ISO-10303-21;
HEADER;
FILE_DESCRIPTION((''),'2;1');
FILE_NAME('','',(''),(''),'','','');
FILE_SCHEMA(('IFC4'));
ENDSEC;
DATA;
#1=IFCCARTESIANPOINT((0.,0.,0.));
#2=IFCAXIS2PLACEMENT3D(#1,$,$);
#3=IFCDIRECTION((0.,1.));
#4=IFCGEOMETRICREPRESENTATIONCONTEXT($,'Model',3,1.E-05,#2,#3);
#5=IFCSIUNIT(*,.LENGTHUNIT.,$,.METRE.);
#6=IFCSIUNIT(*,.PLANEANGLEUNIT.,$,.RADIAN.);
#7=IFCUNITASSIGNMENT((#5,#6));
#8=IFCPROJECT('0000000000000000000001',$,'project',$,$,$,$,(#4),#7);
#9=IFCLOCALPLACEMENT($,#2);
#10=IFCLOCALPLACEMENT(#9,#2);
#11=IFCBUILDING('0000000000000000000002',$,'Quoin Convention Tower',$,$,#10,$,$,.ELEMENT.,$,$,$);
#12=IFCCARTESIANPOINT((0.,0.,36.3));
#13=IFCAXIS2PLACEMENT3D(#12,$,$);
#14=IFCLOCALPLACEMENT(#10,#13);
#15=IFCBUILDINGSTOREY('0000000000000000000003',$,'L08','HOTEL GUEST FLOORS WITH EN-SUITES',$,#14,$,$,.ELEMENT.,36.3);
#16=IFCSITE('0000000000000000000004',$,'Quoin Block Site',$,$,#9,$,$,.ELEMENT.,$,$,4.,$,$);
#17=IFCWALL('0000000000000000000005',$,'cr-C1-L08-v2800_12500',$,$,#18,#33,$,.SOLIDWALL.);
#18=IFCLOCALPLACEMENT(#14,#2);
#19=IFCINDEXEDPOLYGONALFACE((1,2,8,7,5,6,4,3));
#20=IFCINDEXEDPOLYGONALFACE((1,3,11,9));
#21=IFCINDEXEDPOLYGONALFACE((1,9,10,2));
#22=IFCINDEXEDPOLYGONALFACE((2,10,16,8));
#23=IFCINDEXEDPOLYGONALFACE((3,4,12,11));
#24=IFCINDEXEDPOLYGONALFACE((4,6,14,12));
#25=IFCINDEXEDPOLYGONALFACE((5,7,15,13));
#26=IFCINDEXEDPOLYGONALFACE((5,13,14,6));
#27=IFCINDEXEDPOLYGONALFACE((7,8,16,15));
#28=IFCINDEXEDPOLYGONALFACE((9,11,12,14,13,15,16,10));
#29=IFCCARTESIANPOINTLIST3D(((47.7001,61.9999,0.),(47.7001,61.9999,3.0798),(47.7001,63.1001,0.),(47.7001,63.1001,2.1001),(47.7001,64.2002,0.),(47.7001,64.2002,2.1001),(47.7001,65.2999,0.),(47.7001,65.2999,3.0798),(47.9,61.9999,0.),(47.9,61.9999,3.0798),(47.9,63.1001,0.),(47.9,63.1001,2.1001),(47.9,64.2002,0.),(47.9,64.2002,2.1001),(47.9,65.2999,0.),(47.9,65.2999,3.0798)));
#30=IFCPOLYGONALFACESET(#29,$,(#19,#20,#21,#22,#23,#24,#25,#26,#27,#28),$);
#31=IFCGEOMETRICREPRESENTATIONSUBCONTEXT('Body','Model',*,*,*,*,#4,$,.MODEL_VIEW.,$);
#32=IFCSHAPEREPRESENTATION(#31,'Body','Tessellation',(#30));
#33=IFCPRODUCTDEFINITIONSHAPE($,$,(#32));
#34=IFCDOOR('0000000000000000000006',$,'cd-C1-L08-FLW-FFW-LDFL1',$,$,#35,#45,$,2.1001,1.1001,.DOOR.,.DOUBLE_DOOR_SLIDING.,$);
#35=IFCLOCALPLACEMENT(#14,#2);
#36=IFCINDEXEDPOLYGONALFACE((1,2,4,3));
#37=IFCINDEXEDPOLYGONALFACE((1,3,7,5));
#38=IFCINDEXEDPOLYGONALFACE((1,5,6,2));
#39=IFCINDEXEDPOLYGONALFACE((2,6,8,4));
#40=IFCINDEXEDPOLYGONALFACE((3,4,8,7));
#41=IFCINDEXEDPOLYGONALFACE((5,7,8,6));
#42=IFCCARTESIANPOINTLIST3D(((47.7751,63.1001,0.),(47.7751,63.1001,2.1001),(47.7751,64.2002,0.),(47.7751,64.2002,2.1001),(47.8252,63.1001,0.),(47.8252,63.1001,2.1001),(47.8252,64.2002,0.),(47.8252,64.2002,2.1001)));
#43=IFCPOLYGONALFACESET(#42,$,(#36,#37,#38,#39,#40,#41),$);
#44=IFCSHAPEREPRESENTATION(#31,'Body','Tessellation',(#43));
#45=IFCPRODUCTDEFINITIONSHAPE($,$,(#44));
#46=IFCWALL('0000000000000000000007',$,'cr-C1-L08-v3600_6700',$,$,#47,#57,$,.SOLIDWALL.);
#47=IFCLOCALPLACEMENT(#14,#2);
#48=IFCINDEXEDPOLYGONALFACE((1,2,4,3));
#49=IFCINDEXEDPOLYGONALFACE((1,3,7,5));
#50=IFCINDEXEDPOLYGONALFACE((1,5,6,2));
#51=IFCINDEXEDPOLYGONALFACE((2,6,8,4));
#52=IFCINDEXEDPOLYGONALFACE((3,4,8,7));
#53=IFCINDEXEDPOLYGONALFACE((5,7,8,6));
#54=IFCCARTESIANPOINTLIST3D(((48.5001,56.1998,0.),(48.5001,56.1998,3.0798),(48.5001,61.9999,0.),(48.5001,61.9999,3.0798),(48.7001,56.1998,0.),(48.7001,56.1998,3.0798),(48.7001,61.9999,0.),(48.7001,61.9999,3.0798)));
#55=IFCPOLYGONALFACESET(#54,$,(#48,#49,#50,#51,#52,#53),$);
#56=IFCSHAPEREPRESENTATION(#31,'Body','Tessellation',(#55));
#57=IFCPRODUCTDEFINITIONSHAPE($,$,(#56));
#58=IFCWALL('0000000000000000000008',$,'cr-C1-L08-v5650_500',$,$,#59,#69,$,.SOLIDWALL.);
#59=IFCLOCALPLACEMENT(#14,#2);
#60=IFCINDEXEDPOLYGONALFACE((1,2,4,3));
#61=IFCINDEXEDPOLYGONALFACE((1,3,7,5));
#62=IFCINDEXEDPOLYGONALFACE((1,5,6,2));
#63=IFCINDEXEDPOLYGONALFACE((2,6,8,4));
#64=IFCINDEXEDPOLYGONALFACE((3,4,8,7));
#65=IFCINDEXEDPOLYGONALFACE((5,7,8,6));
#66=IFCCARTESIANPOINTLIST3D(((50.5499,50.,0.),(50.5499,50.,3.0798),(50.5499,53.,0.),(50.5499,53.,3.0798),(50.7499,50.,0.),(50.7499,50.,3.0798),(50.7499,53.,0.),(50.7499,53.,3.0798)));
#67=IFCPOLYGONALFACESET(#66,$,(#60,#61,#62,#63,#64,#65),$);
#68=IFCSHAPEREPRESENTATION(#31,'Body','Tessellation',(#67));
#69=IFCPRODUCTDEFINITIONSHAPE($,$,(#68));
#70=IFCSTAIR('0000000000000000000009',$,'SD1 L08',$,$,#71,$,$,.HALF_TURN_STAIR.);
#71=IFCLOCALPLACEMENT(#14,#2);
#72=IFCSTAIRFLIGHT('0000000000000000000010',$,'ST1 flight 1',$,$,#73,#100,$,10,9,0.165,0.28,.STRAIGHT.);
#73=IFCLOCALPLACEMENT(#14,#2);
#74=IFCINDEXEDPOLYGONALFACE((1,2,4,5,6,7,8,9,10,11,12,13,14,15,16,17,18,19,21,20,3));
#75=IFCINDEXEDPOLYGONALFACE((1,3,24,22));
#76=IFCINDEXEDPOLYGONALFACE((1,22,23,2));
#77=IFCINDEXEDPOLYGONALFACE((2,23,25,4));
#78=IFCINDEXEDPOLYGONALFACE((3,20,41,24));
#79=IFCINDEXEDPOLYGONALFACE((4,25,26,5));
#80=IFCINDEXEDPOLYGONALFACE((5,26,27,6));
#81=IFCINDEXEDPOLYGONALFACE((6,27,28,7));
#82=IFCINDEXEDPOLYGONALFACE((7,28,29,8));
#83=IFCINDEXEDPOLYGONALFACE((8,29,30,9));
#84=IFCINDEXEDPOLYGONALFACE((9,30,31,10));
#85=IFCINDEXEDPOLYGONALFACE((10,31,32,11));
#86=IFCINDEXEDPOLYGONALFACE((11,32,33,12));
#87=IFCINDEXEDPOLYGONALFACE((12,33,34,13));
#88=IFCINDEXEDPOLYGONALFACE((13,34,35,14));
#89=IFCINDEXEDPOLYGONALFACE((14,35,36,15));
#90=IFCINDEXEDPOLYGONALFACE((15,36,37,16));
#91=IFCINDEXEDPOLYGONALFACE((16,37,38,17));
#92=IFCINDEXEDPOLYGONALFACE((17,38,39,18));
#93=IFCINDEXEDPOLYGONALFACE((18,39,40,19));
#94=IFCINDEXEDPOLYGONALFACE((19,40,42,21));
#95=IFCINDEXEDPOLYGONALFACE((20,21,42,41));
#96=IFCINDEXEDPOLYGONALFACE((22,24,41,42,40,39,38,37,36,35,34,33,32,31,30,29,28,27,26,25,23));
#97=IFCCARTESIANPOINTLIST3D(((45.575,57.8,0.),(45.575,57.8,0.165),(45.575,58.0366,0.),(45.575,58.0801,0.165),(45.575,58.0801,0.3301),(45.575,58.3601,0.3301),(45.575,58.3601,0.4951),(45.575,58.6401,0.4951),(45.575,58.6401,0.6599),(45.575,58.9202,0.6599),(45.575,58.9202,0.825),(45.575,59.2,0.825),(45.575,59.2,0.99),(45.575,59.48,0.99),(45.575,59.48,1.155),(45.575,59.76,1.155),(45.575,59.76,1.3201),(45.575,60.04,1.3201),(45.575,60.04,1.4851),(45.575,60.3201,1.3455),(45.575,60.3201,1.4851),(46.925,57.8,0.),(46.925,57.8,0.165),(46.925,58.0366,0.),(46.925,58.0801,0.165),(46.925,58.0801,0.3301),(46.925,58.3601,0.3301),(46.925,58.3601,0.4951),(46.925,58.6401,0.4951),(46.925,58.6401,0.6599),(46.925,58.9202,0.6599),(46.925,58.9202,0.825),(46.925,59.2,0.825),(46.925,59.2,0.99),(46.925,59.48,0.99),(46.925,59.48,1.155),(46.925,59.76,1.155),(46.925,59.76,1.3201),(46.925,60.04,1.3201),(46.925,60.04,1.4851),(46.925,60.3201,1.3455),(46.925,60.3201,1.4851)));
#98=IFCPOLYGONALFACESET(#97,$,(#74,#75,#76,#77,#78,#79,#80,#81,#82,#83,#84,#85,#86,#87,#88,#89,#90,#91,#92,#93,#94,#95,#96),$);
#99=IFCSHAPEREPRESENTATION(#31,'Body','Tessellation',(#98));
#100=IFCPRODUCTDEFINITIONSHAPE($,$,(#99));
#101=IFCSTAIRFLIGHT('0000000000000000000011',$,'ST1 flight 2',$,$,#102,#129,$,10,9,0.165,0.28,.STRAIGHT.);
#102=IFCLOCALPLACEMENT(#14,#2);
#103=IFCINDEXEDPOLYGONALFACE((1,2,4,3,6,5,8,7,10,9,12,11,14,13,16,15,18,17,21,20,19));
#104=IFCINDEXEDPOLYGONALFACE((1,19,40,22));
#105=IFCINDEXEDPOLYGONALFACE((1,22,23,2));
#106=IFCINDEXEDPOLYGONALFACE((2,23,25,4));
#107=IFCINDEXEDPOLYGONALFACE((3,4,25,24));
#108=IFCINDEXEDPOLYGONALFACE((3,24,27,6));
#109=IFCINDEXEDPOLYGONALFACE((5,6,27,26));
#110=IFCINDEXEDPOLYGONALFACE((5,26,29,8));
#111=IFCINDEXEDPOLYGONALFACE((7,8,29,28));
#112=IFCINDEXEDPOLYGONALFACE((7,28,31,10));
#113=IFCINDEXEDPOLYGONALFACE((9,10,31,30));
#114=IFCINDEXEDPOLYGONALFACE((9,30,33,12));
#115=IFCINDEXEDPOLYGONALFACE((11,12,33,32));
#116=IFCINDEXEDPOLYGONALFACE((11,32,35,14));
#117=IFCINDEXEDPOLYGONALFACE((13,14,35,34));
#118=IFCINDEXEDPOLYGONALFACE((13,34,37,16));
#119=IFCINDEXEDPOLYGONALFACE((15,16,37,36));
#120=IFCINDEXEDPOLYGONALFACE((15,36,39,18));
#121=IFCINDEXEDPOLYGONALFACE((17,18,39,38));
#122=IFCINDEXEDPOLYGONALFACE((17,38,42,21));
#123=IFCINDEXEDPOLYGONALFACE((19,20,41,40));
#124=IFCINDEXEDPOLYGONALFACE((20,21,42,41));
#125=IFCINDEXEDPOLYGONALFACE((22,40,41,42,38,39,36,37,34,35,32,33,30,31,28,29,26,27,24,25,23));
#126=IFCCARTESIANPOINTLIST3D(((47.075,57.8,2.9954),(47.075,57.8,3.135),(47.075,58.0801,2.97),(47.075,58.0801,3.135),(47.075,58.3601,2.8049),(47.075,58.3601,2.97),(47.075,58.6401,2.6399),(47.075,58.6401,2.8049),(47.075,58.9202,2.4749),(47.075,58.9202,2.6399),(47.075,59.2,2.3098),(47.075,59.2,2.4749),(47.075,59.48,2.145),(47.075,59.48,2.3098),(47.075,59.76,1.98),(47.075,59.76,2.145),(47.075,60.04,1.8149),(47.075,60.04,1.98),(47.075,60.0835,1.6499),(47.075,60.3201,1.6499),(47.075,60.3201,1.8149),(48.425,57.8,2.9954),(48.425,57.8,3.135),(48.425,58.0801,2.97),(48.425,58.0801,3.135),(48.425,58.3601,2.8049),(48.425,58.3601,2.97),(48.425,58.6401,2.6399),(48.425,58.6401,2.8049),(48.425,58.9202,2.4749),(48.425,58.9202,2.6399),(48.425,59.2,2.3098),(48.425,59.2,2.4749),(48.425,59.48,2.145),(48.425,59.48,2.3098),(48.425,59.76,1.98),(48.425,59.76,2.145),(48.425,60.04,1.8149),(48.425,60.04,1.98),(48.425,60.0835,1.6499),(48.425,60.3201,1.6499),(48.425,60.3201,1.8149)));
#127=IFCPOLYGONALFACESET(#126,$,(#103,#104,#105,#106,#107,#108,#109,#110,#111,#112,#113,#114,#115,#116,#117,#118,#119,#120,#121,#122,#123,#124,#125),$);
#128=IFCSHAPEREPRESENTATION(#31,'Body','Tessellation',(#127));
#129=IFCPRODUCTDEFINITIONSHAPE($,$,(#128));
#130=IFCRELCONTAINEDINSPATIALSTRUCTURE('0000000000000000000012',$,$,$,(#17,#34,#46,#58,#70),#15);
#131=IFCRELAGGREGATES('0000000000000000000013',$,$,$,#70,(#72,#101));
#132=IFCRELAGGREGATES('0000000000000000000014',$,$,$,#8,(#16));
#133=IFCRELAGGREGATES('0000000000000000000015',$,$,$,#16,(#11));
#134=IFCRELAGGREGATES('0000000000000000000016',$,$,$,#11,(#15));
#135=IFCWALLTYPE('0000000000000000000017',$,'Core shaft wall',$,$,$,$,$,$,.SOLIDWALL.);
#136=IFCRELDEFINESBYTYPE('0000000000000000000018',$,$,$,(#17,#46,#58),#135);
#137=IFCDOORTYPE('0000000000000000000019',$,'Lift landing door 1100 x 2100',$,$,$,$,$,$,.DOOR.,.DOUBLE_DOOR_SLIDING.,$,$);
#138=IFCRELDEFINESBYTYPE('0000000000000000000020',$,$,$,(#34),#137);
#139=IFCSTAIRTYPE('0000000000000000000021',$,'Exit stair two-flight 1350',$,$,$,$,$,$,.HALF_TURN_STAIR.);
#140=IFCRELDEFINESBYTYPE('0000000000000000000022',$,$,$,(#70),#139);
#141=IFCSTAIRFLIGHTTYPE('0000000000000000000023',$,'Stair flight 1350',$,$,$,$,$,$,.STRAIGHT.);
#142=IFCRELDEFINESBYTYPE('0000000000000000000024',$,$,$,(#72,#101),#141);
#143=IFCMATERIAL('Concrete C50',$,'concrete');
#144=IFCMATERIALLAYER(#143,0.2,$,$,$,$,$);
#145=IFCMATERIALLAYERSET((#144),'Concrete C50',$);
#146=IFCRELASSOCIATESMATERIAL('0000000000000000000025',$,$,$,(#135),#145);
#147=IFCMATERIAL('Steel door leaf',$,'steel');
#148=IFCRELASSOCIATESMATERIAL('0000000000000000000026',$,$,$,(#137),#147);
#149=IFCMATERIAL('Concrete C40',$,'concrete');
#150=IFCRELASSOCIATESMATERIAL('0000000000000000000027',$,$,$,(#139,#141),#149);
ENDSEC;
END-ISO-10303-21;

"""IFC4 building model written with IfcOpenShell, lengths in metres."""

from ifc_helpers import new_model, si_unit, direction, frame, frame_2d, origin, place, context, subcontext, project, spatial, polyline, rectangle, outline, extrude, material, layer, layer_set, type_object, element, fill, aggregate, save


model = new_model("IFC4")

# Units and contexts
model_context = context("Model", 3, precision=1e-05, world=origin(), true_north=direction((0.0, 1.0)))
body_context = subcontext(model_context, "Body", "Model", "MODEL_VIEW")
ifc_project = project(units=[si_unit("LENGTHUNIT", "METRE"), si_unit("PLANEANGLEUNIT", "RADIAN")], contexts=[model_context])

# Site, building, storey
site_placement = place(None, origin())
site = spatial("IfcSite", under=ifc_project, at=site_placement, Name="Quoin Block Site", CompositionType="ELEMENT", RefElevation=4.0)
building_placement = place(site_placement, origin())
building = spatial("IfcBuilding", under=site, at=building_placement, Name="Quoin Convention Tower", CompositionType="ELEMENT")
storey_placement = place(building_placement, frame((0.0, 0.0, 36.3)))
storey = spatial("IfcBuildingStorey", under=building, at=storey_placement, Name="L08", Description="HOTEL GUEST FLOORS WITH EN-SUITES", CompositionType="ELEMENT", Elevation=36.3)

# Shared definitions
ifc_material_1 = material(Name="Concrete C50", Category="concrete")
ifc_layer_1 = layer(ifc_material_1, 0.2)
ifc_layer_set_1 = layer_set([ifc_layer_1], Name="Concrete C50")
wall_type_1 = type_object("IfcWallType", Name="Core shaft wall", PredefinedType="SOLIDWALL", material=ifc_layer_set_1)
ifc_material_2 = material(Name="Steel door leaf", Category="steel")

# Wall, opening, door
wall_1_placement = place(storey_placement, frame((47.8, 62.0, 0.0), z_axis=(0.0, 0.0, 1.0), x_axis=(0.0, 1.0, 0.0)))
wall_1 = element("IfcWall", 1, at=wall_1_placement, inside=storey, type_object=wall_type_1, Name="cr-C1-L08-v2800_12500", PredefinedType="SOLIDWALL", context=body_context, shape_type="SweptSolid", body=[
    extrude(rectangle(XDim=3.3, YDim=0.2, at=frame_2d((1.6499, 0.0))), origin(), (0.0, 0.0, 1.0), 3.0798),
])
opening_1_placement = place(wall_1_placement, frame((1.1001, 0.0, 0.0)))
opening_1 = element("IfcOpeningElement", 2, at=opening_1_placement, cuts=wall_1, PredefinedType="OPENING", context=body_context, shape_type="SweptSolid", body=[
    extrude(rectangle(XDim=1.1001, YDim=2.1001, at=frame_2d((0.55, 1.05))), frame((0.0, 0.1099, 0.0), z_axis=(0.0, -1.0, 0.0), x_axis=(1.0, 0.0, 0.0)), (0.0, 0.0, 1.0), 0.22),
])
door_type_1 = type_object("IfcDoorType", Name="Lift landing door 1100 x 2100", OperationType="DOUBLE_DOOR_SLIDING", PredefinedType="DOOR", material=ifc_material_2)
door_1_placement = place(opening_1_placement, origin())
door_1 = element("IfcDoor", 3, at=door_1_placement, inside=storey, type_object=door_type_1, Name="cd-C1-L08-FLW-FFW-LDFL1", OperationType="DOUBLE_DOOR_SLIDING", OverallHeight=2.1001, OverallWidth=1.1001, PredefinedType="DOOR", context=body_context, shape_type="SweptSolid", body=[
    extrude(rectangle(XDim=1.1001, YDim=2.1001, at=frame_2d((0.55, 1.05))), frame((0.0, 0.0249, 0.0), z_axis=(0.0, -1.0, 0.0), x_axis=(1.0, 0.0, 0.0)), (0.0, 0.0, 1.0), 0.05),
])
fill(opening_1, door_1)

# Walls
wall_2_placement = place(storey_placement, frame((48.6001, 56.2, 0.0), z_axis=(0.0, 0.0, 1.0), x_axis=(0.0, 1.0, 0.0)))
element("IfcWall", 4, at=wall_2_placement, inside=storey, type_object=wall_type_1, Name="cr-C1-L08-v3600_6700", PredefinedType="SOLIDWALL", context=body_context, shape_type="SweptSolid", body=[
    extrude(rectangle(XDim=5.8, YDim=0.2, at=frame_2d((2.8999, 0.0))), origin(), (0.0, 0.0, 1.0), 3.0798),
])
wall_3_placement = place(storey_placement, frame((50.6499, 50.0, 0.0), z_axis=(0.0, 0.0, 1.0), x_axis=(0.0, 1.0, 0.0)))
element("IfcWall", 5, at=wall_3_placement, inside=storey, type_object=wall_type_1, Name="cr-C1-L08-v5650_500", PredefinedType="SOLIDWALL", context=body_context, shape_type="SweptSolid", body=[
    extrude(rectangle(XDim=3.0, YDim=0.2, at=frame_2d((1.5, 0.0))), origin(), (0.0, 0.0, 1.0), 3.0798),
])

# Stair, stair flights
ifc_material_3 = material(Name="Concrete C40", Category="concrete")
stair_type = type_object("IfcStairType", Name="Exit stair two-flight 1350", PredefinedType="HALF_TURN_STAIR", material=ifc_material_3)
stair_placement = place(storey_placement, origin())
stair = element("IfcStair", 6, at=stair_placement, inside=storey, type_object=stair_type, Name="SD1 L08", PredefinedType="HALF_TURN_STAIR")
stair_flight_type = type_object("IfcStairFlightType", Name="Stair flight 1350", PredefinedType="STRAIGHT", material=ifc_material_3)
stair_flight_1_placement = place(storey_placement, frame((46.25, 57.8, 0.0), z_axis=(0.0, 0.0, 1.0), x_axis=(0.0, 1.0, 0.0)))
stair_flight_1 = element("IfcStairFlight", 7, at=stair_flight_1_placement, type_object=stair_flight_type, Name="ST1 flight 1", NumberOfRisers=10, NumberOfTreads=9, PredefinedType="STRAIGHT", RiserHeight=0.165, TreadLength=0.28, context=body_context, shape_type="SweptSolid", body=[
    extrude(outline(polyline([(0.0, 0.0), (0.0, 0.165), (0.28, 0.165), (0.28, 0.3301), (0.5601, 0.3301), (0.5601, 0.4951), (0.8401, 0.4951), (0.8401, 0.6599), (1.1201, 0.6599), (1.1201, 0.825), (1.3999, 0.825), (1.3999, 0.99), (1.6799, 0.99), (1.6799, 1.155), (1.96, 1.155), (1.96, 1.3201), (2.24, 1.3201), (2.24, 1.4851), (2.52, 1.4851), (2.52, 1.6499), (2.52, 1.3455), (0.2366, 0.0), (0.0, 0.0)])), frame((0.0, 0.675, 0.0), z_axis=(0.0, -1.0, 0.0), x_axis=(1.0, 0.0, 0.0)), (0.0, 0.0, 1.0), 1.3501),
])
stair_flight_2_placement = place(storey_placement, frame((47.75, 60.3201, 1.6499), z_axis=(0.0, 0.0, 1.0), x_axis=(0.0, -1.0, 0.0)))
stair_flight_2 = element("IfcStairFlight", 8, at=stair_flight_2_placement, type_object=stair_flight_type, Name="ST1 flight 2", NumberOfRisers=10, NumberOfTreads=9, PredefinedType="STRAIGHT", RiserHeight=0.165, TreadLength=0.28, context=body_context, shape_type="SweptSolid", body=[
    extrude(outline(polyline([(0.0, 0.0), (0.0, 0.165), (0.28, 0.165), (0.28, 0.3301), (0.5601, 0.3301), (0.5601, 0.4951), (0.8401, 0.4951), (0.8401, 0.6599), (1.1201, 0.6599), (1.1201, 0.825), (1.3999, 0.825), (1.3999, 0.99), (1.6799, 0.99), (1.6799, 1.155), (1.96, 1.155), (1.96, 1.3201), (2.24, 1.3201), (2.24, 1.4851), (2.52, 1.4851), (2.52, 1.6499), (2.52, 1.3455), (0.2366, 0.0), (0.0, 0.0)])), frame((0.0, 0.675, 0.0), z_axis=(0.0, -1.0, 0.0), x_axis=(1.0, 0.0, 0.0)), (0.0, 0.0, 1.0), 1.3501),
])
aggregate(stair, [stair_flight_1, stair_flight_2])

save(model, "model.ifc")
